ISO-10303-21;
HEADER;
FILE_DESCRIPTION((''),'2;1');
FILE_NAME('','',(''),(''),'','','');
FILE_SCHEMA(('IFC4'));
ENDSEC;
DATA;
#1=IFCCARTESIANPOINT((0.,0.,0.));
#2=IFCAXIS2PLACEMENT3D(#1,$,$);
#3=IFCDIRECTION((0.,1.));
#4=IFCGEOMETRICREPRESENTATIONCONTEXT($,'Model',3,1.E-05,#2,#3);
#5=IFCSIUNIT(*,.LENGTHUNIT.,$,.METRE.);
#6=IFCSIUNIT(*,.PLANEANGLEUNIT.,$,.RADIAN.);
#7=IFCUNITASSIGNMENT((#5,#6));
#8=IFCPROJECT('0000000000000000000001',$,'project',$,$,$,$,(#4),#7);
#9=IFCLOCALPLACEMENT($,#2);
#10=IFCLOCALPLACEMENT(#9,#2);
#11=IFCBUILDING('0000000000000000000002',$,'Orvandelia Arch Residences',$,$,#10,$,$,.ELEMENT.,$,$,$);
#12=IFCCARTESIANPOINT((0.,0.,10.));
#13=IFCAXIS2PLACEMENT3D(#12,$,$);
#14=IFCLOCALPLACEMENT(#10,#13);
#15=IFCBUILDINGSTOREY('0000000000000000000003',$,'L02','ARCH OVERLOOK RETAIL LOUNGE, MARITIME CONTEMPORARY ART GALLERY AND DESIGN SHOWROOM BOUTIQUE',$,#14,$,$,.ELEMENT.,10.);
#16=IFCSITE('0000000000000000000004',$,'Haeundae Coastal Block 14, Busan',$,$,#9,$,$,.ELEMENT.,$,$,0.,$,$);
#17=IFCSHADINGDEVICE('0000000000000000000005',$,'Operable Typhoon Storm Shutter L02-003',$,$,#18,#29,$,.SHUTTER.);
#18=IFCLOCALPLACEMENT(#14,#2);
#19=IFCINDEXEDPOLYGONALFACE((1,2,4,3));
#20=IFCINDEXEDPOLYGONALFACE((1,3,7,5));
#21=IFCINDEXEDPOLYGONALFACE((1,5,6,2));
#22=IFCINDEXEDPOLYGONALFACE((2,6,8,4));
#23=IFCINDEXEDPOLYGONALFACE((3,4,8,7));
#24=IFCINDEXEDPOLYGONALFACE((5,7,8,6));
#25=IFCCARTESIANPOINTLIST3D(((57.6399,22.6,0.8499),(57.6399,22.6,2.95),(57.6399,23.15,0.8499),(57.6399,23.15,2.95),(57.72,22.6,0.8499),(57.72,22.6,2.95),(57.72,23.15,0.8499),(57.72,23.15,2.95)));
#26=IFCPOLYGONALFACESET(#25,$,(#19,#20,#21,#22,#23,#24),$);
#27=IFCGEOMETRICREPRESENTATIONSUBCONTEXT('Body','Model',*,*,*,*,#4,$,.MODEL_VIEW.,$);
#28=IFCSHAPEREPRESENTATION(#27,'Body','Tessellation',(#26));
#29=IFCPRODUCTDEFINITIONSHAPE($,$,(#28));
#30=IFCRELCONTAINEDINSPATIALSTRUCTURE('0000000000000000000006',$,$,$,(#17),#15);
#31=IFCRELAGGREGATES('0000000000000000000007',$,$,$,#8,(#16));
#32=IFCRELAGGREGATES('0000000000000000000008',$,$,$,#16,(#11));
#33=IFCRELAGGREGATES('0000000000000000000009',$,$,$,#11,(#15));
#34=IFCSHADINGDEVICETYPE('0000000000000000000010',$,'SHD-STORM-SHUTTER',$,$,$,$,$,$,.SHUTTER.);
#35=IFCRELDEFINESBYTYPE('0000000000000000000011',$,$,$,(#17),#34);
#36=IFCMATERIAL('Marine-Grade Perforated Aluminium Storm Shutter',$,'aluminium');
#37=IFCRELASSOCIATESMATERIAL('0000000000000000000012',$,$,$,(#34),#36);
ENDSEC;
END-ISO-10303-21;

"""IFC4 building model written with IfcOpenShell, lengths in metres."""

from ifc_helpers import new_model, si_unit, direction, frame, origin, origin_2d, place, context, subcontext, project, spatial, rectangle, extrude, material, type_object, element, save


model = new_model("IFC4")

# Units and contexts
model_context = context("Model", 3, precision=1e-05, world=origin(), true_north=direction((0.0, 1.0)))
body_context = subcontext(model_context, "Body", "Model", "MODEL_VIEW")
ifc_project = project(units=[si_unit("LENGTHUNIT", "METRE"), si_unit("PLANEANGLEUNIT", "RADIAN")], contexts=[model_context])

# Site, building, storey
site_placement = place(None, origin())
site = spatial("IfcSite", under=ifc_project, at=site_placement, Name="Haeundae Coastal Block 14, Busan", CompositionType="ELEMENT", RefElevation=0.0)
building_placement = place(site_placement, origin())
building = spatial("IfcBuilding", under=site, at=building_placement, Name="Orvandelia Arch Residences", CompositionType="ELEMENT")
storey_placement = place(building_placement, frame((0.0, 0.0, 10.0)))
storey = spatial("IfcBuildingStorey", under=building, at=storey_placement, Name="L02", Description="ARCH OVERLOOK RETAIL LOUNGE, MARITIME CONTEMPORARY ART GALLERY AND DESIGN SHOWROOM BOUTIQUE", CompositionType="ELEMENT", Elevation=10.0)

# Shading device
ifc_material_1 = material(Name="Marine-Grade Perforated Aluminium Storm Shutter", Category="aluminium")
shading_device_type_1 = type_object("IfcShadingDeviceType", Name="SHD-STORM-SHUTTER", PredefinedType="SHUTTER", material=ifc_material_1)
shading_device_1_placement = place(storey_placement, frame((57.6799, 22.875, 0.8499), z_axis=(0.0, 0.0, 1.0), x_axis=(0.0, -1.0, 0.0)))
element("IfcShadingDevice", 1, at=shading_device_1_placement, inside=storey, type_object=shading_device_type_1, Name="Operable Typhoon Storm Shutter L02-003", PredefinedType="SHUTTER", context=body_context, shape_type="SweptSolid", body=[
    extrude(rectangle(XDim=0.55, YDim=0.0801, at=origin_2d()), origin(), (0.0, 0.0, 1.0), 2.1001),
])

save(model, "model.ifc")
